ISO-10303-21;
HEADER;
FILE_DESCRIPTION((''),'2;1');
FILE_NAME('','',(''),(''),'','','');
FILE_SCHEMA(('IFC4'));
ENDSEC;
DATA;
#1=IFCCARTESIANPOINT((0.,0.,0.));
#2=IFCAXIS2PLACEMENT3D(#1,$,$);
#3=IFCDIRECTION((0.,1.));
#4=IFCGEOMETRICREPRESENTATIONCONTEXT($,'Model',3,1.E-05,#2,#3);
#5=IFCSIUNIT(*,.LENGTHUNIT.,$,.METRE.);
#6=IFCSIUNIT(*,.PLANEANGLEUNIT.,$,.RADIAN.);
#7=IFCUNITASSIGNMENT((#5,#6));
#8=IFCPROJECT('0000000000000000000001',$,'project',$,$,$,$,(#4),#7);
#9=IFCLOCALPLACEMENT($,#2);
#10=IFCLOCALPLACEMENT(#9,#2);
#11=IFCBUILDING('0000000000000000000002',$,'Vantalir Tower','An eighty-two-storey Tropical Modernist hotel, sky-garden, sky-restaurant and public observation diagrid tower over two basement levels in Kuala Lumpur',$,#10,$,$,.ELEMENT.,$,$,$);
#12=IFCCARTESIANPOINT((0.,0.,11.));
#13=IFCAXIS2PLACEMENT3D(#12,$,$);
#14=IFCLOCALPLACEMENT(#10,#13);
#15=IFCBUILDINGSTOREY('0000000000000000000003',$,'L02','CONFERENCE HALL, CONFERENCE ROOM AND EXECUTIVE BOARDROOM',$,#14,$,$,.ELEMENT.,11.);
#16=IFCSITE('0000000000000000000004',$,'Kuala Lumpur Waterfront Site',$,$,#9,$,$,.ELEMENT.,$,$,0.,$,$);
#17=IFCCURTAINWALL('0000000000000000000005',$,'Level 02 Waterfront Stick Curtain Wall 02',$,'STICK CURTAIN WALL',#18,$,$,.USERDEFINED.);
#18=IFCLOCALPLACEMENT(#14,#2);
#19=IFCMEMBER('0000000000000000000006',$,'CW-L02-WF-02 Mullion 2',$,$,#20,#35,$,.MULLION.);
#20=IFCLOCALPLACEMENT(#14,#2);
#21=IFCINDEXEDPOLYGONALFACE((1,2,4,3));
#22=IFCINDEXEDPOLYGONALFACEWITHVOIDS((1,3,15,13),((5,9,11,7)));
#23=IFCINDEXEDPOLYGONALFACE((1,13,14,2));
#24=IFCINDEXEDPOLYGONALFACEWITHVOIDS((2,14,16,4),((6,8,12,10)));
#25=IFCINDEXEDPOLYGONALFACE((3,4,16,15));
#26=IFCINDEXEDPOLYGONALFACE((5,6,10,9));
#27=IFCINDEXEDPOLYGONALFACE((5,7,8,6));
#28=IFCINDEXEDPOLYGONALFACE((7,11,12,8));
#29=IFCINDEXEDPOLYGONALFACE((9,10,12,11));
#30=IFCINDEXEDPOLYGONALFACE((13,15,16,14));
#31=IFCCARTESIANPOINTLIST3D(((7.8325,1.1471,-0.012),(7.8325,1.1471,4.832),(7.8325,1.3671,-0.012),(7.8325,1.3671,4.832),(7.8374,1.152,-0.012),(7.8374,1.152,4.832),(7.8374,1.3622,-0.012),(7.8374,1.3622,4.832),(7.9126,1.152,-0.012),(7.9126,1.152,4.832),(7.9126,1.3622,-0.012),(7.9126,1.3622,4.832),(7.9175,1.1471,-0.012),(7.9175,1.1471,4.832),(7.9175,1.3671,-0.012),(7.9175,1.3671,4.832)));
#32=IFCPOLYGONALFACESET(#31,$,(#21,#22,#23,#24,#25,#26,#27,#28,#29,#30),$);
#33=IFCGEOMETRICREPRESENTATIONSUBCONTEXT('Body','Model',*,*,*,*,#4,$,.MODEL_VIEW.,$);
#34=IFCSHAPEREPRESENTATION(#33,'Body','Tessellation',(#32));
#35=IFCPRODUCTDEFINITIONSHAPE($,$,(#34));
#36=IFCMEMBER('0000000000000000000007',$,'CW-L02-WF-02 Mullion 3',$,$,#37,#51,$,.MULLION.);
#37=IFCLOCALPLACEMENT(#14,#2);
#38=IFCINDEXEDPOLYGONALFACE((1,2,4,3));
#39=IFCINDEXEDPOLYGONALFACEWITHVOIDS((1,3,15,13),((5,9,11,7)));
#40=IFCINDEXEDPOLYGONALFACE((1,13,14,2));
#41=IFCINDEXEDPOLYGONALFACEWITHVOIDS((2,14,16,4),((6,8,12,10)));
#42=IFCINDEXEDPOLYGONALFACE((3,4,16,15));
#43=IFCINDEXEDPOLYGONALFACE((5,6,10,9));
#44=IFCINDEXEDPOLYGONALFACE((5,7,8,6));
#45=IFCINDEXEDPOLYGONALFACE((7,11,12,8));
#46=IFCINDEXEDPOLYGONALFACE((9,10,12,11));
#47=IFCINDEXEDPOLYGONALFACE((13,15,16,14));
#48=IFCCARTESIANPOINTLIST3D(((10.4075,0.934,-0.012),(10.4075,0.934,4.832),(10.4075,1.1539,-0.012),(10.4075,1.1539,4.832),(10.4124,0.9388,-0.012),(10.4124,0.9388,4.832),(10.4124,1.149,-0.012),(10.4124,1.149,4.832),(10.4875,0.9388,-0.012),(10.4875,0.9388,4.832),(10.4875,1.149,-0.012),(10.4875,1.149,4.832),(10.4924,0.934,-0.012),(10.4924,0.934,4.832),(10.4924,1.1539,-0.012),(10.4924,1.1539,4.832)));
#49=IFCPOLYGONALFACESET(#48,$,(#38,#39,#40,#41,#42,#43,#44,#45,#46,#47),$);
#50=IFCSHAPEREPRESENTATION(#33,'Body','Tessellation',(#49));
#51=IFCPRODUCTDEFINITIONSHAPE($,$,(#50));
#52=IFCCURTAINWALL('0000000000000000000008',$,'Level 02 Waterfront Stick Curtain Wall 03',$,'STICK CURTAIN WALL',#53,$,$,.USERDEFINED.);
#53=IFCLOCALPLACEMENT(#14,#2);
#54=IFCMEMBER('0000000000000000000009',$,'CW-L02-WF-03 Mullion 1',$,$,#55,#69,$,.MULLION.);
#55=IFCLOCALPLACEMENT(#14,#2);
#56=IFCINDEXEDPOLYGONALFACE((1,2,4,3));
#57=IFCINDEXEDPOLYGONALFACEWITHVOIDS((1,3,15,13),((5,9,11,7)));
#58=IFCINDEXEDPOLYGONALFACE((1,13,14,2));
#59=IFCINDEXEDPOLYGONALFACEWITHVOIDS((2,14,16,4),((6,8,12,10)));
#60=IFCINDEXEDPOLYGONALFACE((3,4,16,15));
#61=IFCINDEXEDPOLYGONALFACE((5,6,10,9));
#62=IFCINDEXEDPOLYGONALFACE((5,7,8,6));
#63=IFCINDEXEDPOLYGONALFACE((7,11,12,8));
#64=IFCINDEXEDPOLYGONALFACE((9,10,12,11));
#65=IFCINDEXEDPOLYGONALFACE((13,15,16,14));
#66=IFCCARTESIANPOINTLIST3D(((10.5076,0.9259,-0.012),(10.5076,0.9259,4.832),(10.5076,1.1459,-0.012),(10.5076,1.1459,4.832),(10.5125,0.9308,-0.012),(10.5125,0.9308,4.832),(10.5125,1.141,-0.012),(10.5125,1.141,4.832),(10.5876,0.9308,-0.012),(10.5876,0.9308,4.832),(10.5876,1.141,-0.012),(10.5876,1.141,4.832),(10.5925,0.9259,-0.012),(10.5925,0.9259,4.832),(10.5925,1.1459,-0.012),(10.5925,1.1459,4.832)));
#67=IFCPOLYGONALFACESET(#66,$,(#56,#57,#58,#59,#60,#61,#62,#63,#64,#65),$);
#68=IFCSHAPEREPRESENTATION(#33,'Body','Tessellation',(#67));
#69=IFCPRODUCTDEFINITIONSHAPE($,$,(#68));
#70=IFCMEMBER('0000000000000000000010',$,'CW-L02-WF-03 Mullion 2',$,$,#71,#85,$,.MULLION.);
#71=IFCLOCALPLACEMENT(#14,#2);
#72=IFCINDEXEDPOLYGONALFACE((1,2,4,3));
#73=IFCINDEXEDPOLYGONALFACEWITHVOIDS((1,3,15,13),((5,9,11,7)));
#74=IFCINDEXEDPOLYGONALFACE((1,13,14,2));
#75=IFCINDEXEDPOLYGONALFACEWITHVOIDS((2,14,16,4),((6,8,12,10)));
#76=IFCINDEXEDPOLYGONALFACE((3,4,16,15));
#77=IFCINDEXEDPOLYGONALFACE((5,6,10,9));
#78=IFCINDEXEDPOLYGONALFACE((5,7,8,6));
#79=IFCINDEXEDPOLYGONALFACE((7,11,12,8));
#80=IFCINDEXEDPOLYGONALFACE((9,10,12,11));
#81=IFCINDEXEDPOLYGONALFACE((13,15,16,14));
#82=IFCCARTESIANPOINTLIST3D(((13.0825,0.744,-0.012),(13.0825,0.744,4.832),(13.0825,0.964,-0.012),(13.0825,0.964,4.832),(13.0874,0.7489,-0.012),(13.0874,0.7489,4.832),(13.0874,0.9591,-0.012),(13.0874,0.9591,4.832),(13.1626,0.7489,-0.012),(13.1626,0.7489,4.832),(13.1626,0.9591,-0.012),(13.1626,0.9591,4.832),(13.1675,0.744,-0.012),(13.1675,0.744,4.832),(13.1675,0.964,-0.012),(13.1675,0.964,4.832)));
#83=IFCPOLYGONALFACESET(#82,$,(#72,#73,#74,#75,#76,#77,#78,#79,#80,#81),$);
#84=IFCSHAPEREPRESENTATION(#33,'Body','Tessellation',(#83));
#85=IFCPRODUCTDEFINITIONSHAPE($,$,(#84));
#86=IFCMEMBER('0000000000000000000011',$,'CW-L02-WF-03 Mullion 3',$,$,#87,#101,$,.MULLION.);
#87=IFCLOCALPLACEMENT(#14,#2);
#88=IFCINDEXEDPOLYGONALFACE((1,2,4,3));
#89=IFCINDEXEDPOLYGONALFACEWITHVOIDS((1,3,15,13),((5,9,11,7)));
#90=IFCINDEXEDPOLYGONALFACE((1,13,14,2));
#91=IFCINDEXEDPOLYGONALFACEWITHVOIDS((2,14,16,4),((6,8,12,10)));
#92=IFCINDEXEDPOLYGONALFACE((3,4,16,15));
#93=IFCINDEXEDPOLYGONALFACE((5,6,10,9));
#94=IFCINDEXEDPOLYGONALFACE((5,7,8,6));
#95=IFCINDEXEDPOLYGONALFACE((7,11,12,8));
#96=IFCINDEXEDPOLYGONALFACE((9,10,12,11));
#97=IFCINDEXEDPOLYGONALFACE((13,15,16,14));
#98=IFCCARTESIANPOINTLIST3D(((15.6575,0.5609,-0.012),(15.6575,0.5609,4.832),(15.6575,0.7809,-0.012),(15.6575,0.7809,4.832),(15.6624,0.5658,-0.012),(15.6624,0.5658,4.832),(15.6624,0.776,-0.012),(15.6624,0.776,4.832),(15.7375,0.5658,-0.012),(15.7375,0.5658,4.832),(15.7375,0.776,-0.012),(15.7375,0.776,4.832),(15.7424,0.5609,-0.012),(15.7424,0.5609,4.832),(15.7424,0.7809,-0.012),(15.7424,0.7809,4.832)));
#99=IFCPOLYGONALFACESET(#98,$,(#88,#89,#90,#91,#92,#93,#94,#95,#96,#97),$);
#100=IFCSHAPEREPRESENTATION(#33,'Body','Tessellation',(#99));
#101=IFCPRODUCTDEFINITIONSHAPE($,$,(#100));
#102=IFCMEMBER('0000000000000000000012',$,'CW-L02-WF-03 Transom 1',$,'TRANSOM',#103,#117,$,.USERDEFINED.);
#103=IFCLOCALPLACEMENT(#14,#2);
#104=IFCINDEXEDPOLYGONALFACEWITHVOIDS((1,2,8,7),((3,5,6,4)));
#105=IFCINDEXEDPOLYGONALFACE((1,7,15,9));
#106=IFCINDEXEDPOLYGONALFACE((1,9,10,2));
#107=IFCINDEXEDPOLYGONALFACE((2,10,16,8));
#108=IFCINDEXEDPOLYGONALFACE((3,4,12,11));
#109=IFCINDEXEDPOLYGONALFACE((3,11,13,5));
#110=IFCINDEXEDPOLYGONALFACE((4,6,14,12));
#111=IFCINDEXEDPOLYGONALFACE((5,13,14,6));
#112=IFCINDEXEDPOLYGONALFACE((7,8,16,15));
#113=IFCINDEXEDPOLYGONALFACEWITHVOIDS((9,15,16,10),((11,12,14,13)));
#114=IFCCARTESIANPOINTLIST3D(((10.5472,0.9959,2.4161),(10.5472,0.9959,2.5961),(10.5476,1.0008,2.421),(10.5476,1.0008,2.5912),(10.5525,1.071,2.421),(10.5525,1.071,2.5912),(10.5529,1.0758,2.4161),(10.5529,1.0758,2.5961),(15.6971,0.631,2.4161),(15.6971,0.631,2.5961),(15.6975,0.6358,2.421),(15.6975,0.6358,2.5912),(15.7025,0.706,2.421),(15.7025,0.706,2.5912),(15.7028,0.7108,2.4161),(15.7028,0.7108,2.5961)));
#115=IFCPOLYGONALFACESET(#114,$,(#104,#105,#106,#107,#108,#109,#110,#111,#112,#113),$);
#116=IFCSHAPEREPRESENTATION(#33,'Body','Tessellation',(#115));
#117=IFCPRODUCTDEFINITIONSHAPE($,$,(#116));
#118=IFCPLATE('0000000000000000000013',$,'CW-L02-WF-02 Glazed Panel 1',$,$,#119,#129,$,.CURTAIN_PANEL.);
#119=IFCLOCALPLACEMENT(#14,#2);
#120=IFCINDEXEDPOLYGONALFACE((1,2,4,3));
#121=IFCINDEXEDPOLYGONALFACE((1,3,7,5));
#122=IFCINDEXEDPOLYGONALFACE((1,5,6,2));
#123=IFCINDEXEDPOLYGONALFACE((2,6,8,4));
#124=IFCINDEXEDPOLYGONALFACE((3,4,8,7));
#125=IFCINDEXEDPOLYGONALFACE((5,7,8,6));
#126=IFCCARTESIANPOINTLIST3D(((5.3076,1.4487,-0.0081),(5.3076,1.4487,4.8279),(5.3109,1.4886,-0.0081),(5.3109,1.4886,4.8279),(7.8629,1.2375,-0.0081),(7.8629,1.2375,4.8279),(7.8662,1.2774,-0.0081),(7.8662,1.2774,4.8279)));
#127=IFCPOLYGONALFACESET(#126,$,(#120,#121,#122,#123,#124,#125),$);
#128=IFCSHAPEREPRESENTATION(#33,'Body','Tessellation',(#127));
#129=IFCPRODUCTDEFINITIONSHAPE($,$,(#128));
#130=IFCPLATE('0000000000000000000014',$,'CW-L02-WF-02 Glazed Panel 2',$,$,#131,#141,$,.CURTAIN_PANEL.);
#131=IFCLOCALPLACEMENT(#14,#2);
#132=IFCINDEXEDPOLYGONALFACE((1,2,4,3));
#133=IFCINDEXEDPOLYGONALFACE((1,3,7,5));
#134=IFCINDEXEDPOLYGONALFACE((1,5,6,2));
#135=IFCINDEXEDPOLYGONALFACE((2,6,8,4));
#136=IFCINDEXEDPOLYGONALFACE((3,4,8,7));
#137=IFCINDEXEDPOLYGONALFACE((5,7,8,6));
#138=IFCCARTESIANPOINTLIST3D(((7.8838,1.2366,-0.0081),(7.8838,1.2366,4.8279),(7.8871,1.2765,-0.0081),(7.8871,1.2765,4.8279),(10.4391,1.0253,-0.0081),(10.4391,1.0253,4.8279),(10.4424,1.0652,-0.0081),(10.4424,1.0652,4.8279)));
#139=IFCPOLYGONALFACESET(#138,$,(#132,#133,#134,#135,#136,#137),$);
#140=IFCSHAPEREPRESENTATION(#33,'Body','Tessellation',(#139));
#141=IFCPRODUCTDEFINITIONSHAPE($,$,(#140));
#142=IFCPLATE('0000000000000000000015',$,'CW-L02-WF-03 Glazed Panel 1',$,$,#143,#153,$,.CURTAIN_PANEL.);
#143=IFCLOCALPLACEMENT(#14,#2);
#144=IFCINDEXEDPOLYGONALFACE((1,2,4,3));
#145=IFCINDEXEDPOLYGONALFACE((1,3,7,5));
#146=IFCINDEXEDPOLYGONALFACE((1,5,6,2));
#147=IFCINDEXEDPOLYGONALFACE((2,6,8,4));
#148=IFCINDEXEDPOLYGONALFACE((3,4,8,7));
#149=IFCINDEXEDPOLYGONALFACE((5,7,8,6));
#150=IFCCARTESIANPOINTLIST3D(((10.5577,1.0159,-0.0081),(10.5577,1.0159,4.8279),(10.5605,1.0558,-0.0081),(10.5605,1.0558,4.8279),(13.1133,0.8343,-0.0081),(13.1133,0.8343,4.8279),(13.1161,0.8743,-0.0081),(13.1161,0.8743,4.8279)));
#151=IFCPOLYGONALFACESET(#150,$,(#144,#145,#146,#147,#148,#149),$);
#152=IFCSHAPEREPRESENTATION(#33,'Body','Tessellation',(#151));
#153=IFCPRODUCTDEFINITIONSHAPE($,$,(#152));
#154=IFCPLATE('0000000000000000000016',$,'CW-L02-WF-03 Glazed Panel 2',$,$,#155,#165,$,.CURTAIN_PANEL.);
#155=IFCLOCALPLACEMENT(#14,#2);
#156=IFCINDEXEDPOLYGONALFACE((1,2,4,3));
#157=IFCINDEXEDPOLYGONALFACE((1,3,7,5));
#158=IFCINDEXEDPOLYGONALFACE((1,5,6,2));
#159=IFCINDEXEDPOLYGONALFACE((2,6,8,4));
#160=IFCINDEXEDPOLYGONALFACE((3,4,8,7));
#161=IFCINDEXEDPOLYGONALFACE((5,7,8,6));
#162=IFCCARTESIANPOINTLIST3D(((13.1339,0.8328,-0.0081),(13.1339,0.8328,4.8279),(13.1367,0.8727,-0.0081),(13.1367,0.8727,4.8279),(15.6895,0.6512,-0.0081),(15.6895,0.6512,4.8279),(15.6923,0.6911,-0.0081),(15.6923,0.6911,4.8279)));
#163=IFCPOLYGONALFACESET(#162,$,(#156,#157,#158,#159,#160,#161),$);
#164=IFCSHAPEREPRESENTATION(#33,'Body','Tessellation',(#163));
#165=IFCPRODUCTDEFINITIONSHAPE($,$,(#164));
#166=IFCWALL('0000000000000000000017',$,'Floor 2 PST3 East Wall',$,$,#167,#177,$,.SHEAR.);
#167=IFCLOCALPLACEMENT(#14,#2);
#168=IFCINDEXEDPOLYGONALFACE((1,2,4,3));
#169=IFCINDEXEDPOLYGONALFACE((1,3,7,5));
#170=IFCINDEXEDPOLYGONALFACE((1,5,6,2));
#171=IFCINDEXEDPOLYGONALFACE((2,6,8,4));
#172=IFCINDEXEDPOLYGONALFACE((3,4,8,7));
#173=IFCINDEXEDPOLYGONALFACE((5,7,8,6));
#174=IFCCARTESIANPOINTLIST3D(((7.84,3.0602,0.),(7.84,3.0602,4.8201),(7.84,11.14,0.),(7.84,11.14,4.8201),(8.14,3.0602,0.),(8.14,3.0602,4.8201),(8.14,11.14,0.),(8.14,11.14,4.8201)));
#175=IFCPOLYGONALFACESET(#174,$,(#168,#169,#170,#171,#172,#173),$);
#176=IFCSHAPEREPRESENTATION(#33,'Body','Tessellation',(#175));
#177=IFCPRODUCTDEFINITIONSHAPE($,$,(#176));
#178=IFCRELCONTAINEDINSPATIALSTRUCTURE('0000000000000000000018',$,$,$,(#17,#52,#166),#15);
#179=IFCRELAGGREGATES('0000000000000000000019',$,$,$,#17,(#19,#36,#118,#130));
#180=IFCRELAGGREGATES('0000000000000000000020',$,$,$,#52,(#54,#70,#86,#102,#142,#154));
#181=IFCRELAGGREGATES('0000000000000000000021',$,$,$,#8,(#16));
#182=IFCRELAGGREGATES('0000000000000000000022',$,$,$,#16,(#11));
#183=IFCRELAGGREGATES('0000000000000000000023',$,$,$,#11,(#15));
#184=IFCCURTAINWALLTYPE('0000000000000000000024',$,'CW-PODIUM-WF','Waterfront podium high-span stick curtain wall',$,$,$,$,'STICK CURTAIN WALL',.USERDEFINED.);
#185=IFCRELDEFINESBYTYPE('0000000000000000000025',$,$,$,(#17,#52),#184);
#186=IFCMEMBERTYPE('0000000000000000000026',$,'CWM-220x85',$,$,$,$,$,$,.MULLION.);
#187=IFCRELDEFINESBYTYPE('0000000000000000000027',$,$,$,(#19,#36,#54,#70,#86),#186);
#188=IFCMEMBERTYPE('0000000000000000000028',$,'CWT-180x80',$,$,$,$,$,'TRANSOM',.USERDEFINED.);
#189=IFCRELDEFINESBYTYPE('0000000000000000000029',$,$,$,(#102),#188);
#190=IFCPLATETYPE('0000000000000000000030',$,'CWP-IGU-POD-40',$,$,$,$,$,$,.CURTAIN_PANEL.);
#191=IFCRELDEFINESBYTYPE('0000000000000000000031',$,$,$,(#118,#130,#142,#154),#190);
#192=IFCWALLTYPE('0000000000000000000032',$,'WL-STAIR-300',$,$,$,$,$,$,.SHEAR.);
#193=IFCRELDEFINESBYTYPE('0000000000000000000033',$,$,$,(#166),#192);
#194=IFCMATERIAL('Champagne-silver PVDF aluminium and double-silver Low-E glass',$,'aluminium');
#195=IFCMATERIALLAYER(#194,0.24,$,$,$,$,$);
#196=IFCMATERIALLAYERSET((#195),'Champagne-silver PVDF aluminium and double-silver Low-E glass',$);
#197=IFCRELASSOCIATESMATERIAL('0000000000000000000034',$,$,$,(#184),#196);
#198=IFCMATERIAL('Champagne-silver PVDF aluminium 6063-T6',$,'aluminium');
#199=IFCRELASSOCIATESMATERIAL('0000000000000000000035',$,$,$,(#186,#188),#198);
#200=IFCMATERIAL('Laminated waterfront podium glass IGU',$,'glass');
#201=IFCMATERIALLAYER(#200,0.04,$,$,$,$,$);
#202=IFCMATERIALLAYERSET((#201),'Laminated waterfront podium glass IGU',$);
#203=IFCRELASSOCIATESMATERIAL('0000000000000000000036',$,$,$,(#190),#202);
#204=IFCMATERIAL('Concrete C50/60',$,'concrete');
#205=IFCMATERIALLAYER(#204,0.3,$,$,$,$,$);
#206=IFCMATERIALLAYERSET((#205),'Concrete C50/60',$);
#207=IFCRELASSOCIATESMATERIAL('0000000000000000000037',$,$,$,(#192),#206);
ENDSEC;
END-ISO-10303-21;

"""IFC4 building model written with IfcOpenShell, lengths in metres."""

from ifc_helpers import new_model, si_unit, direction, frame, frame_2d, origin, origin_2d, place, context, subcontext, project, spatial, rectangle, hollow_rectangle, extrude, material, layer, layer_set, material_profile, profile_set, type_object, element, aggregate, save


model = new_model("IFC4")

# Units and contexts
model_context = context("Model", 3, precision=1e-05, world=origin(), true_north=direction((0.0, 1.0)))
body_context = subcontext(model_context, "Body", "Model", "MODEL_VIEW")
ifc_project = project(units=[si_unit("LENGTHUNIT", "METRE"), si_unit("PLANEANGLEUNIT", "RADIAN")], contexts=[model_context])

# Site, building, storey
site_placement = place(None, origin())
site = spatial("IfcSite", under=ifc_project, at=site_placement, Name="Kuala Lumpur Waterfront Site", CompositionType="ELEMENT", RefElevation=0.0)
building_placement = place(site_placement, origin())
building = spatial("IfcBuilding", under=site, at=building_placement, Name="Vantalir Tower", Description="An eighty-two-storey Tropical Modernist hotel, sky-garden, sky-restaurant and public observation diagrid tower over two basement levels in Kuala Lumpur", CompositionType="ELEMENT")
storey_placement = place(building_placement, frame((0.0, 0.0, 11.0)))
storey = spatial("IfcBuildingStorey", under=building, at=storey_placement, Name="L02", Description="CONFERENCE HALL, CONFERENCE ROOM AND EXECUTIVE BOARDROOM", CompositionType="ELEMENT", Elevation=11.0)

# Shared definitions
ifc_material_1 = material(Name="Concrete C50/60", Category="concrete")

# Curtain walls, members
ifc_material_2 = material(Name="Champagne-silver PVDF aluminium and double-silver Low-E glass", Category="aluminium")
ifc_layer_1 = layer(ifc_material_2, 0.24)
ifc_layer_set_1 = layer_set([ifc_layer_1], Name="Champagne-silver PVDF aluminium and double-silver Low-E glass")
curtain_wall_type = type_object("IfcCurtainWallType", Name="CW-PODIUM-WF", Description="Waterfront podium high-span stick curtain wall", ElementType="STICK CURTAIN WALL", PredefinedType="USERDEFINED", material=ifc_layer_set_1)
curtain_wall_1_placement = place(storey_placement, origin())
curtain_wall_1 = element("IfcCurtainWall", 1, at=curtain_wall_1_placement, inside=storey, type_object=curtain_wall_type, Name="Level 02 Waterfront Stick Curtain Wall 02", ObjectType="STICK CURTAIN WALL", PredefinedType="USERDEFINED")
ifc_material_3 = material(Name="Champagne-silver PVDF aluminium 6063-T6", Category="aluminium")
ifc_material_profile_1 = material_profile(ifc_material_3, hollow_rectangle(XDim=0.085, YDim=0.22, WallThickness=0.0049, at=origin_2d()), Name="Champagne-silver PVDF aluminium 6063-T6")
ifc_profile_set_1 = profile_set([ifc_material_profile_1], Name="Champagne-silver PVDF aluminium 6063-T6")
member_type_1 = type_object("IfcMemberType", Name="CWM-220x85", PredefinedType="MULLION", material=ifc_profile_set_1)
member_1_placement = place(storey_placement, frame((7.875, 1.2571, -0.012), z_axis=(0.0, 0.0, 1.0), x_axis=(1.0, 0.0, 0.0)))
member_1 = element("IfcMember", 2, at=member_1_placement, type_object=member_type_1, Name="CW-L02-WF-02 Mullion 2", PredefinedType="MULLION", context=body_context, shape_type="SweptSolid", body=[
    extrude(hollow_rectangle(XDim=0.085, YDim=0.22, WallThickness=0.0049, at=origin_2d()), origin(), (0.0, 0.0, 1.0), 4.844),
])
member_2_placement = place(storey_placement, frame((10.45, 1.0439, -0.012), z_axis=(0.0, 0.0, 1.0), x_axis=(1.0, 0.0, 0.0)))
member_2 = element("IfcMember", 3, at=member_2_placement, type_object=member_type_1, Name="CW-L02-WF-02 Mullion 3", PredefinedType="MULLION", context=body_context, shape_type="SweptSolid", body=[
    extrude(hollow_rectangle(XDim=0.085, YDim=0.22, WallThickness=0.0049, at=origin_2d()), origin(), (0.0, 0.0, 1.0), 4.844),
])
curtain_wall_2_placement = place(storey_placement, origin())
curtain_wall_2 = element("IfcCurtainWall", 4, at=curtain_wall_2_placement, inside=storey, type_object=curtain_wall_type, Name="Level 02 Waterfront Stick Curtain Wall 03", ObjectType="STICK CURTAIN WALL", PredefinedType="USERDEFINED")
member_3_placement = place(storey_placement, frame((10.55, 1.0359, -0.012), z_axis=(0.0, 0.0, 1.0), x_axis=(1.0, 0.0, 0.0)))
member_3 = element("IfcMember", 5, at=member_3_placement, type_object=member_type_1, Name="CW-L02-WF-03 Mullion 1", PredefinedType="MULLION", context=body_context, shape_type="SweptSolid", body=[
    extrude(hollow_rectangle(XDim=0.085, YDim=0.22, WallThickness=0.0049, at=origin_2d()), origin(), (0.0, 0.0, 1.0), 4.844),
])
member_4_placement = place(storey_placement, frame((13.125, 0.854, -0.012), z_axis=(0.0, 0.0, 1.0), x_axis=(1.0, 0.0, 0.0)))
member_4 = element("IfcMember", 6, at=member_4_placement, type_object=member_type_1, Name="CW-L02-WF-03 Mullion 2", PredefinedType="MULLION", context=body_context, shape_type="SweptSolid", body=[
    extrude(hollow_rectangle(XDim=0.085, YDim=0.22, WallThickness=0.0049, at=origin_2d()), origin(), (0.0, 0.0, 1.0), 4.844),
])
member_5_placement = place(storey_placement, frame((15.7, 0.6709, -0.012), z_axis=(0.0, 0.0, 1.0), x_axis=(1.0, 0.0, 0.0)))
member_5 = element("IfcMember", 7, at=member_5_placement, type_object=member_type_1, Name="CW-L02-WF-03 Mullion 3", PredefinedType="MULLION", context=body_context, shape_type="SweptSolid", body=[
    extrude(hollow_rectangle(XDim=0.085, YDim=0.22, WallThickness=0.0049, at=origin_2d()), origin(), (0.0, 0.0, 1.0), 4.844),
])
ifc_material_profile_2 = material_profile(ifc_material_3, hollow_rectangle(XDim=0.0801, YDim=0.1799, WallThickness=0.0049, at=origin_2d()), Name="Champagne-silver PVDF aluminium 6063-T6")
ifc_profile_set_2 = profile_set([ifc_material_profile_2], Name="Champagne-silver PVDF aluminium 6063-T6")
member_type_2 = type_object("IfcMemberType", Name="CWT-180x80", ElementType="TRANSOM", PredefinedType="USERDEFINED", material=ifc_profile_set_2)
member_6_placement = place(storey_placement, frame((10.55, 1.0359, 2.5061), z_axis=(0.997498, -0.070696, 0.0), x_axis=(0.070696, 0.997498, 0.0)))
member_6 = element("IfcMember", 8, at=member_6_placement, type_object=member_type_2, Name="CW-L02-WF-03 Transom 1", ObjectType="TRANSOM", PredefinedType="USERDEFINED", context=body_context, shape_type="SweptSolid", body=[
    extrude(hollow_rectangle(XDim=0.0801, YDim=0.1799, WallThickness=0.0049, at=origin_2d()), origin(), (0.0, 0.0, 1.0), 5.1628),
])

# Plates
ifc_material_4 = material(Name="Laminated waterfront podium glass IGU", Category="glass")
ifc_layer_2 = layer(ifc_material_4, 0.04)
ifc_layer_set_2 = layer_set([ifc_layer_2], Name="Laminated waterfront podium glass IGU")
plate_type = type_object("IfcPlateType", Name="CWP-IGU-POD-40", PredefinedType="CURTAIN_PANEL", material=ifc_layer_set_2)
plate_1_placement = place(storey_placement, frame((6.5869, 1.363, -0.0081), z_axis=(0.0, 0.0, 1.0), x_axis=(0.9966, -0.082391, 0.0)))
plate_1 = element("IfcPlate", 9, at=plate_1_placement, type_object=plate_type, Name="CW-L02-WF-02 Glazed Panel 1", PredefinedType="CURTAIN_PANEL", context=body_context, shape_type="SweptSolid", body=[
    extrude(rectangle(XDim=2.564, YDim=0.04, at=origin_2d()), origin(), (0.0, 0.0, 1.0), 4.8359),
])
plate_2_placement = place(storey_placement, frame((9.1631, 1.1509, -0.0081), z_axis=(0.0, 0.0, 1.0), x_axis=(0.9966, -0.082391, 0.0)))
plate_2 = element("IfcPlate", 10, at=plate_2_placement, type_object=plate_type, Name="CW-L02-WF-02 Glazed Panel 2", PredefinedType="CURTAIN_PANEL", context=body_context, shape_type="SweptSolid", body=[
    extrude(rectangle(XDim=2.564, YDim=0.04, at=origin_2d()), origin(), (0.0, 0.0, 1.0), 4.8359),
])
aggregate(curtain_wall_1, [member_1, member_2, plate_1, plate_2])
plate_3_placement = place(storey_placement, frame((11.8369, 0.9451, -0.0081), z_axis=(0.0, 0.0, 1.0), x_axis=(0.997486, -0.070871, 0.0)))
plate_3 = element("IfcPlate", 11, at=plate_3_placement, type_object=plate_type, Name="CW-L02-WF-03 Glazed Panel 1", PredefinedType="CURTAIN_PANEL", context=body_context, shape_type="SweptSolid", body=[
    extrude(rectangle(XDim=2.562, YDim=0.04, at=origin_2d()), origin(), (0.0, 0.0, 1.0), 4.8359),
])
plate_4_placement = place(storey_placement, frame((14.4131, 0.762, -0.0081), z_axis=(0.0, 0.0, 1.0), x_axis=(0.997486, -0.070871, 0.0)))
plate_4 = element("IfcPlate", 12, at=plate_4_placement, type_object=plate_type, Name="CW-L02-WF-03 Glazed Panel 2", PredefinedType="CURTAIN_PANEL", context=body_context, shape_type="SweptSolid", body=[
    extrude(rectangle(XDim=2.562, YDim=0.04, at=origin_2d()), origin(), (0.0, 0.0, 1.0), 4.8359),
])
aggregate(curtain_wall_2, [member_3, member_4, member_5, member_6, plate_3, plate_4])

# Wall
ifc_layer_3 = layer(ifc_material_1, 0.3)
ifc_layer_set_3 = layer_set([ifc_layer_3], Name="Concrete C50/60")
wall_type = type_object("IfcWallType", Name="WL-STAIR-300", PredefinedType="SHEAR", material=ifc_layer_set_3)
wall_placement = place(storey_placement, frame((7.99, 3.0601, 0.0), z_axis=(0.0, 0.0, 1.0), x_axis=(0.0, 1.0, 0.0)))
element("IfcWall", 13, at=wall_placement, inside=storey, type_object=wall_type, Name="Floor 2 PST3 East Wall", PredefinedType="SHEAR", context=body_context, shape_type="SweptSolid", body=[
    extrude(rectangle(XDim=8.0798, YDim=0.3, at=frame_2d((4.04, 0.0))), origin(), (0.0, 0.0, 1.0), 4.8201),
])

save(model, "model.ifc")
